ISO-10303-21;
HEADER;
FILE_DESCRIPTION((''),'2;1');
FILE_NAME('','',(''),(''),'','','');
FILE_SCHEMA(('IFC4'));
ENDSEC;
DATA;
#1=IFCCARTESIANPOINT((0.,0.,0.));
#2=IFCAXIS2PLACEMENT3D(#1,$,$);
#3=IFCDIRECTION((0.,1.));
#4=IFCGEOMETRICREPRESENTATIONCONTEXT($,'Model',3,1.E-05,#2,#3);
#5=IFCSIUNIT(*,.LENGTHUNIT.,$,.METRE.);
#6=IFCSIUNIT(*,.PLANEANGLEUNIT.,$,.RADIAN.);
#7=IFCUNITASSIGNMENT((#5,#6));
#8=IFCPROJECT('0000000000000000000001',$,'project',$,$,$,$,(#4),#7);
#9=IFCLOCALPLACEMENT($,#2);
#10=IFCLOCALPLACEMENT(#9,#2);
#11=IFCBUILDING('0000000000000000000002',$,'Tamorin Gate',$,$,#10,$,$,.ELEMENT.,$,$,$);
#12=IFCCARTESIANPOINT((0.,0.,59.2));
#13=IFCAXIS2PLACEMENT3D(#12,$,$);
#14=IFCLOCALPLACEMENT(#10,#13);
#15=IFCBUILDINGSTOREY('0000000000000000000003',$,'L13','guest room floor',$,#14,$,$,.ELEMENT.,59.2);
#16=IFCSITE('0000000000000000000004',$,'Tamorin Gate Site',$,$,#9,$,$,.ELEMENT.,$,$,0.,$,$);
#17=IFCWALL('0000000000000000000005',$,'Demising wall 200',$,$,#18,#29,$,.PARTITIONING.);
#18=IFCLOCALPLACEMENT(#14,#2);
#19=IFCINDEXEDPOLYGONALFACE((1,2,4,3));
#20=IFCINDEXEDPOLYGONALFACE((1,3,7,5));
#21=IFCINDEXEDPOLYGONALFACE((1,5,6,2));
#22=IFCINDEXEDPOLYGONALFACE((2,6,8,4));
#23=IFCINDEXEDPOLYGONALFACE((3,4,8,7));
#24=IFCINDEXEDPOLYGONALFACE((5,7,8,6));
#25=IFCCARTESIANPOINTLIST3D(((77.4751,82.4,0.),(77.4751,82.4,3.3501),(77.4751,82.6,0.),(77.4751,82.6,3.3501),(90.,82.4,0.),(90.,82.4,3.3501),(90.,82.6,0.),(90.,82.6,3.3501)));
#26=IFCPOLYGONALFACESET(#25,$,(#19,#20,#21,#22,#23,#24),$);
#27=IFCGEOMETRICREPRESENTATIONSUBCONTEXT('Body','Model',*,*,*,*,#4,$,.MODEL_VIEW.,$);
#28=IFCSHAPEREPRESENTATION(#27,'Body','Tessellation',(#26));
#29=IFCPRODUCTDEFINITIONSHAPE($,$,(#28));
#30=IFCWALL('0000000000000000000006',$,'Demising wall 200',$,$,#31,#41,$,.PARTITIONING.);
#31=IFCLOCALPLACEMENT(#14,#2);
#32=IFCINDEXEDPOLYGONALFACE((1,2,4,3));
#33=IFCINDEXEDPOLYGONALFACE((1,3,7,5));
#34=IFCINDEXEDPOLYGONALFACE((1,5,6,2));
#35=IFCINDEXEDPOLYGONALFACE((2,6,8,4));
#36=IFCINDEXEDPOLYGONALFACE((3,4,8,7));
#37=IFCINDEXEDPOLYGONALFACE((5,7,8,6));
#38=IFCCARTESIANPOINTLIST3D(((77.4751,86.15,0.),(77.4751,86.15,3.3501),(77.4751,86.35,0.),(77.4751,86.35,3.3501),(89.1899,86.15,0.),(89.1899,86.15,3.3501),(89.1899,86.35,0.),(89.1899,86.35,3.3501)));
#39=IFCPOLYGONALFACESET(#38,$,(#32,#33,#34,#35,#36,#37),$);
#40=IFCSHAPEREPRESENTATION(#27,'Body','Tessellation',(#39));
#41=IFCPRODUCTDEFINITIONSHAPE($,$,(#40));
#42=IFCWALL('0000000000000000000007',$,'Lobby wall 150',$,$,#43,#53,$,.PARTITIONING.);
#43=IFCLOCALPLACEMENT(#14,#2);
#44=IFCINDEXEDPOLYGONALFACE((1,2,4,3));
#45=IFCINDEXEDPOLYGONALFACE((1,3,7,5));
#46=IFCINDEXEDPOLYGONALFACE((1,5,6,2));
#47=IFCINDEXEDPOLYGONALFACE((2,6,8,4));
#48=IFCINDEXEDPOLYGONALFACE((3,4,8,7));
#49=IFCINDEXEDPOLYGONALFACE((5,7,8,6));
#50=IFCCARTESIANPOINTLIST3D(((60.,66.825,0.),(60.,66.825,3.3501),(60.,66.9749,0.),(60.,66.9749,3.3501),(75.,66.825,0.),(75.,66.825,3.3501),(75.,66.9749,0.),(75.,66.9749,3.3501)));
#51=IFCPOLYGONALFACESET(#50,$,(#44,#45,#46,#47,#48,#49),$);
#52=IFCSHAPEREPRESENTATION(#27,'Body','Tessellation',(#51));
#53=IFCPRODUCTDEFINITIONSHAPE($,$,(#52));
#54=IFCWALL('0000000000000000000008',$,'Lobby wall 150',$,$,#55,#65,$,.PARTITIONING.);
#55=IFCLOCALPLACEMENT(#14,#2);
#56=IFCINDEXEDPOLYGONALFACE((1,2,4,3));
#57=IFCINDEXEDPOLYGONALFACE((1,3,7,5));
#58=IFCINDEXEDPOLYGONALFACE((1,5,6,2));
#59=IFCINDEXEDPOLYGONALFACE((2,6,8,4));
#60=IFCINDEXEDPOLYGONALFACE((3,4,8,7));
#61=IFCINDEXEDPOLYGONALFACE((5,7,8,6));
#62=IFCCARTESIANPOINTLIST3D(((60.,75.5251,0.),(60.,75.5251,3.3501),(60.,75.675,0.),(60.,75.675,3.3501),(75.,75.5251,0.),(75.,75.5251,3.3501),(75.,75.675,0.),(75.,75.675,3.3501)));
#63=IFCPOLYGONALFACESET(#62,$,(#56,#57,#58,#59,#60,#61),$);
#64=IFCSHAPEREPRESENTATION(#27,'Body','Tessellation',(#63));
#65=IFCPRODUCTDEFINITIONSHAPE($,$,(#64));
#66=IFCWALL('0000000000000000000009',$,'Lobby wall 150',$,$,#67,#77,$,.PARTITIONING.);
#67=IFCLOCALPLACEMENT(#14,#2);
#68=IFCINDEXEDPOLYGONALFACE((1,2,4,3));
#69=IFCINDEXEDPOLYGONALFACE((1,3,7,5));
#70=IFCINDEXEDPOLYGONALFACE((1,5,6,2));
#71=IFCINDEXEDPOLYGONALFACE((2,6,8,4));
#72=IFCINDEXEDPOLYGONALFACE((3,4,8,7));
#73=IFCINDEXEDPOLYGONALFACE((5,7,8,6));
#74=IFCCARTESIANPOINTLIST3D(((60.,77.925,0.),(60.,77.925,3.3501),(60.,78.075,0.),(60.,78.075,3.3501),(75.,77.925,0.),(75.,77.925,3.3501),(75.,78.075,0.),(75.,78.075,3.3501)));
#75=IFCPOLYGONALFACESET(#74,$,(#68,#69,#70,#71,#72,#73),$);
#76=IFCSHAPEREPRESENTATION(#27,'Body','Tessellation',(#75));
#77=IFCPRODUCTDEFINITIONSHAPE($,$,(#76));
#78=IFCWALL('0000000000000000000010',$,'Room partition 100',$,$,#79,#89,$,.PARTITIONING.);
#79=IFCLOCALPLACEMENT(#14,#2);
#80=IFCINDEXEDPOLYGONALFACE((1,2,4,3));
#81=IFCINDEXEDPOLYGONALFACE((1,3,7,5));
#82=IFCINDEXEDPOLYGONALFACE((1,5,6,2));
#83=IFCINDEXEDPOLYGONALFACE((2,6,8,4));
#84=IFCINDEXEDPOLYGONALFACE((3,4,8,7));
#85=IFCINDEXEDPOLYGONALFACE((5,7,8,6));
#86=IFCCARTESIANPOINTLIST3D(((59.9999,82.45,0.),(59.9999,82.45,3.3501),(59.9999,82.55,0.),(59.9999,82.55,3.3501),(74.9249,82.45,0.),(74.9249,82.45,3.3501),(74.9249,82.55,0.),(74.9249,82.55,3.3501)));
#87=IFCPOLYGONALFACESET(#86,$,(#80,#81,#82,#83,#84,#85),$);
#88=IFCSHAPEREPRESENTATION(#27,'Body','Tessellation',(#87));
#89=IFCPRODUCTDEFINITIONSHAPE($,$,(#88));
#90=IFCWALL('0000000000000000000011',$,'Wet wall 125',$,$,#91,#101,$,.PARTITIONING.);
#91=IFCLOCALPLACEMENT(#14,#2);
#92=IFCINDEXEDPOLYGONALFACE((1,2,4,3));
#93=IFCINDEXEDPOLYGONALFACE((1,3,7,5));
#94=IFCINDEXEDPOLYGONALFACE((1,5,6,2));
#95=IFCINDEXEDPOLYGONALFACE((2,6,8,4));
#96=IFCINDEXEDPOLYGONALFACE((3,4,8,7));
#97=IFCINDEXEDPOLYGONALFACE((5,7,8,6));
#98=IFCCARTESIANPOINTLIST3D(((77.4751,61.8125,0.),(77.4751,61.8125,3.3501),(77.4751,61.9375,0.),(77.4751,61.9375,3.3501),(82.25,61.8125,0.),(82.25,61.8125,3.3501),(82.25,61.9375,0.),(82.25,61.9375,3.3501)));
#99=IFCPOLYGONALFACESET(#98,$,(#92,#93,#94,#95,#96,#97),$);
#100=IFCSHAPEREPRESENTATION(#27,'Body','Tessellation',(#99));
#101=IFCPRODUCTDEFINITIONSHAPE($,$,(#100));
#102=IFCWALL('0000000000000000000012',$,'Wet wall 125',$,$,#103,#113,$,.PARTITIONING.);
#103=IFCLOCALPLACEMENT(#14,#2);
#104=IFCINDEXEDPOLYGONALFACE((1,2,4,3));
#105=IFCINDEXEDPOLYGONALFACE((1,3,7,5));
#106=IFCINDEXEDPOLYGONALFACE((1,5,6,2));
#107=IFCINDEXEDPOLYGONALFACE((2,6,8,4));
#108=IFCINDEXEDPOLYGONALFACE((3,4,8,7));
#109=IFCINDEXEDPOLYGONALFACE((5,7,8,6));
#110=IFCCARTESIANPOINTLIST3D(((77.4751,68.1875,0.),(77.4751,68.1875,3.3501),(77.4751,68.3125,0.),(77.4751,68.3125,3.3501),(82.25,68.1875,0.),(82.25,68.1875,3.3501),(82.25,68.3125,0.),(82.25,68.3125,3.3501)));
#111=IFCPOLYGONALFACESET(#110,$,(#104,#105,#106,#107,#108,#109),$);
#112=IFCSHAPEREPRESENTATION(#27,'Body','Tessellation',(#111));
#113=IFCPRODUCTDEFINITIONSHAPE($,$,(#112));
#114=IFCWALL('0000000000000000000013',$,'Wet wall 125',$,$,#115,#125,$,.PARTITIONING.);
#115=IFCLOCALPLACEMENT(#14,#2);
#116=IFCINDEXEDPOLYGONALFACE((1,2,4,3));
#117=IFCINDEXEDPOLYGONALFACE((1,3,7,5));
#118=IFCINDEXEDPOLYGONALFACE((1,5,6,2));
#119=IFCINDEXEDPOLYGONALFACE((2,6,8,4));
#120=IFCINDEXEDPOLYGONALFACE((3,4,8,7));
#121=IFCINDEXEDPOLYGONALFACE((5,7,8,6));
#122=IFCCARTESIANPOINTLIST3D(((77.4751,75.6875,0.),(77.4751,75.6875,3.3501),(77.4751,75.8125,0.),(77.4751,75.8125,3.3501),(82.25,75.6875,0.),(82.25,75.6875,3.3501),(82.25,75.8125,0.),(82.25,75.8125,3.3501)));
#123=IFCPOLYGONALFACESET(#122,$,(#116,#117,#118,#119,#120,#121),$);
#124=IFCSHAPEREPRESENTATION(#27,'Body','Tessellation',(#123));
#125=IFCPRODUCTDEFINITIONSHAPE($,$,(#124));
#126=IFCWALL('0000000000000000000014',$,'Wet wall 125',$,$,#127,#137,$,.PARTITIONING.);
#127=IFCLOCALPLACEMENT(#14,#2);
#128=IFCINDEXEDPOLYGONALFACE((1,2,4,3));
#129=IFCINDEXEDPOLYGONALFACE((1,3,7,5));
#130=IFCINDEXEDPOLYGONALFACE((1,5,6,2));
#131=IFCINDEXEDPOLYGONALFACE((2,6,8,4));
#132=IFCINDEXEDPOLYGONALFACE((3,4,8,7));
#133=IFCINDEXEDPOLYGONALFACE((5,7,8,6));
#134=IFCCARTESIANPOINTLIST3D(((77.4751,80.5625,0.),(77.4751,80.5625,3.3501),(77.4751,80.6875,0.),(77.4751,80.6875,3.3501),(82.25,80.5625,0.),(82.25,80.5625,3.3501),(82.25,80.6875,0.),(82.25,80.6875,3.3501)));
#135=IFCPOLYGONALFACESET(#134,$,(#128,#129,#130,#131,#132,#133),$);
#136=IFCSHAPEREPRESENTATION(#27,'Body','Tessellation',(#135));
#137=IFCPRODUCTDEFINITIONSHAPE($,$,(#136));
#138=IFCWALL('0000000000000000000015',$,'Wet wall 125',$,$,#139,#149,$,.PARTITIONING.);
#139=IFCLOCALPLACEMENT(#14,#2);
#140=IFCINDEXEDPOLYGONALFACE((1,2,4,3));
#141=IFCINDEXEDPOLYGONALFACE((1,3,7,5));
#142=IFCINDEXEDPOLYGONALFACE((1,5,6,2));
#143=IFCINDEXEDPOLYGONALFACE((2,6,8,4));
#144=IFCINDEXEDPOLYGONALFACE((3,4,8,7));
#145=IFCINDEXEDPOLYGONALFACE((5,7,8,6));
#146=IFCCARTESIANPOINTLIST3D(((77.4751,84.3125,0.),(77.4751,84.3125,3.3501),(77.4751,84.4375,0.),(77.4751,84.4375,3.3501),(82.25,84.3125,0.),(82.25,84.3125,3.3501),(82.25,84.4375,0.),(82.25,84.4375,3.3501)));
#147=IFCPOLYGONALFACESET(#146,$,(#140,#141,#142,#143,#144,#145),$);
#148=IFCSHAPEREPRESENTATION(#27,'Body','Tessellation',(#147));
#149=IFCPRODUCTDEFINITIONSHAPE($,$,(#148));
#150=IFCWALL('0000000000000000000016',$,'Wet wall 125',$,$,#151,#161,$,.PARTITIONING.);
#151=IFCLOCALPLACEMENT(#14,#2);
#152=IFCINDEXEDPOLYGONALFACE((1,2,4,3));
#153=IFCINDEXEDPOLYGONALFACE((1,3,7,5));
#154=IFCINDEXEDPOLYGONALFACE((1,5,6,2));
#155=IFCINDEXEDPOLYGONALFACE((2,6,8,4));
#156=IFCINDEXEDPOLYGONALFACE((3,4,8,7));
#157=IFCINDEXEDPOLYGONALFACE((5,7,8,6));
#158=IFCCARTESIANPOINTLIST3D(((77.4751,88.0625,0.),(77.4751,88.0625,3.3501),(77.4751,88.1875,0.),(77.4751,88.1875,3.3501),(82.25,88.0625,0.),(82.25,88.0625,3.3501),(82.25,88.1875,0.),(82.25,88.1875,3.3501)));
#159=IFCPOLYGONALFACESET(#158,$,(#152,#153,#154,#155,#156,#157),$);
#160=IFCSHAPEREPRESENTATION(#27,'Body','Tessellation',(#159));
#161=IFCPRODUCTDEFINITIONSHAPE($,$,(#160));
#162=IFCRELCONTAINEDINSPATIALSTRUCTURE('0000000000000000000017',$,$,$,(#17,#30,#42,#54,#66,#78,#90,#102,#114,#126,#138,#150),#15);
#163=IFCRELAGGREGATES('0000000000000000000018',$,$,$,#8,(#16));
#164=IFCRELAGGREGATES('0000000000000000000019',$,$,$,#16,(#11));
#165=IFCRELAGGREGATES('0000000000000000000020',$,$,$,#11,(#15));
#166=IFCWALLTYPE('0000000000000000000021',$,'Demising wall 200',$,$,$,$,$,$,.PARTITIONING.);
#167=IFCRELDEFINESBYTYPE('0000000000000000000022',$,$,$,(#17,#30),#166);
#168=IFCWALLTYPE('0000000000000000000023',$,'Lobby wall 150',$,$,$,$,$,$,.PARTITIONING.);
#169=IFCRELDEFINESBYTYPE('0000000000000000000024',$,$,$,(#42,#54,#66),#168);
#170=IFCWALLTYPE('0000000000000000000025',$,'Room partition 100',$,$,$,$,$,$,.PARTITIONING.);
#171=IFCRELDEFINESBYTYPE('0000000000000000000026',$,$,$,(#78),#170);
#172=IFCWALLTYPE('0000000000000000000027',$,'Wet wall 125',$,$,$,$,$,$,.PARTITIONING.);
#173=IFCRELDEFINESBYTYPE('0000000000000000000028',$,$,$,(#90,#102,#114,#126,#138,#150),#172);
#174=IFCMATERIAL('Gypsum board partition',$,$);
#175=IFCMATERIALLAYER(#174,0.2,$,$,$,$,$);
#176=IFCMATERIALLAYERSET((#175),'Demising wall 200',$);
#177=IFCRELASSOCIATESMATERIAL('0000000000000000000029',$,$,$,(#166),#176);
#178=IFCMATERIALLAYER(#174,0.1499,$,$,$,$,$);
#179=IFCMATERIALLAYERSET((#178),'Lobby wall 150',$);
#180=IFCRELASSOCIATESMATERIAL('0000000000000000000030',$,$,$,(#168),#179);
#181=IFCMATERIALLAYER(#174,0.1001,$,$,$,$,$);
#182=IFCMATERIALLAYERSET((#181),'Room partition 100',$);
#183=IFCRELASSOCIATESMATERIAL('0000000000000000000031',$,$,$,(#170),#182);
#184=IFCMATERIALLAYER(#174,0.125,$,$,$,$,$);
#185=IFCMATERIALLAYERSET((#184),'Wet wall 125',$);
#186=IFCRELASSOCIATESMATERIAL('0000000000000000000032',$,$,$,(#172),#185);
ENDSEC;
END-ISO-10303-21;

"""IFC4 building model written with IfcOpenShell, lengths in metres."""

from ifc_helpers import new_model, si_unit, direction, frame, frame_2d, origin, place, context, subcontext, project, spatial, rectangle, extrude, material, layer, layer_set, type_object, element, save


model = new_model("IFC4")

# Units and contexts
model_context = context("Model", 3, precision=1e-05, world=origin(), true_north=direction((0.0, 1.0)))
body_context = subcontext(model_context, "Body", "Model", "MODEL_VIEW")
ifc_project = project(units=[si_unit("LENGTHUNIT", "METRE"), si_unit("PLANEANGLEUNIT", "RADIAN")], contexts=[model_context])

# Site, building, storey
site_placement = place(None, origin())
site = spatial("IfcSite", under=ifc_project, at=site_placement, Name="Tamorin Gate Site", CompositionType="ELEMENT", RefElevation=0.0)
building_placement = place(site_placement, origin())
building = spatial("IfcBuilding", under=site, at=building_placement, Name="Tamorin Gate", CompositionType="ELEMENT")
storey_placement = place(building_placement, frame((0.0, 0.0, 59.2)))
storey = spatial("IfcBuildingStorey", under=building, at=storey_placement, Name="L13", Description="guest room floor", CompositionType="ELEMENT", Elevation=59.2)

# Shared definitions
ifc_material_1 = material(Name="Gypsum board partition")

# Walls
ifc_layer_1 = layer(ifc_material_1, 0.2)
ifc_layer_set_1 = layer_set([ifc_layer_1], Name="Demising wall 200")
wall_type_1 = type_object("IfcWallType", Name="Demising wall 200", PredefinedType="PARTITIONING", material=ifc_layer_set_1)
wall_1_placement = place(storey_placement, frame((77.4751, 82.5, 0.0), z_axis=(0.0, 0.0, 1.0), x_axis=(1.0, 0.0, 0.0)))
element("IfcWall", 1, at=wall_1_placement, inside=storey, type_object=wall_type_1, Name="Demising wall 200", PredefinedType="PARTITIONING", context=body_context, shape_type="SweptSolid", body=[
    extrude(rectangle(XDim=12.5249, YDim=0.2, at=frame_2d((6.2625, 0.0))), origin(), (0.0, 0.0, 1.0), 3.3501),
])
wall_2_placement = place(storey_placement, frame((77.4751, 86.25, 0.0), z_axis=(0.0, 0.0, 1.0), x_axis=(1.0, 0.0, 0.0)))
element("IfcWall", 2, at=wall_2_placement, inside=storey, type_object=wall_type_1, Name="Demising wall 200", PredefinedType="PARTITIONING", context=body_context, shape_type="SweptSolid", body=[
    extrude(rectangle(XDim=11.7148, YDim=0.2, at=frame_2d((5.8574, 0.0))), origin(), (0.0, 0.0, 1.0), 3.3501),
])
ifc_layer_2 = layer(ifc_material_1, 0.1499)
ifc_layer_set_2 = layer_set([ifc_layer_2], Name="Lobby wall 150")
wall_type_2 = type_object("IfcWallType", Name="Lobby wall 150", PredefinedType="PARTITIONING", material=ifc_layer_set_2)
for number, where, z_axis, x_axis, name in (
    (3, (60.0, 66.8999, 0.0), (0.0, 0.0, 1.0), (1.0, 0.0, 0.0), "Lobby wall 150"),
    (4, (60.0, 75.6001, 0.0), (0.0, 0.0, 1.0), (1.0, 0.0, 0.0), "Lobby wall 150"),
    (5, (60.0, 78.0, 0.0), (0.0, 0.0, 1.0), (1.0, 0.0, 0.0), "Lobby wall 150"),
):
    element("IfcWall", number, at=place(storey_placement, frame(where, z_axis=z_axis, x_axis=x_axis)), inside=storey, type_object=wall_type_2, Name=name, PredefinedType="PARTITIONING", context=body_context, shape_type="SweptSolid", body=[
        extrude(rectangle(XDim=15.0, YDim=0.1499, at=frame_2d((7.5, 0.0))), origin(), (0.0, 0.0, 1.0), 3.3501),
    ])
ifc_layer_3 = layer(ifc_material_1, 0.1001)
ifc_layer_set_3 = layer_set([ifc_layer_3], Name="Room partition 100")
wall_type_3 = type_object("IfcWallType", Name="Room partition 100", PredefinedType="PARTITIONING", material=ifc_layer_set_3)
wall_3_placement = place(storey_placement, frame((60.0, 82.5, 0.0), z_axis=(0.0, 0.0, 1.0), x_axis=(1.0, 0.0, 0.0)))
element("IfcWall", 6, at=wall_3_placement, inside=storey, type_object=wall_type_3, Name="Room partition 100", PredefinedType="PARTITIONING", context=body_context, shape_type="SweptSolid", body=[
    extrude(rectangle(XDim=14.925, YDim=0.1001, at=frame_2d((7.4624, 0.0))), origin(), (0.0, 0.0, 1.0), 3.3501),
])
ifc_layer_4 = layer(ifc_material_1, 0.125)
ifc_layer_set_4 = layer_set([ifc_layer_4], Name="Wet wall 125")
wall_type_4 = type_object("IfcWallType", Name="Wet wall 125", PredefinedType="PARTITIONING", material=ifc_layer_set_4)
for number, where, z_axis, x_axis, name in (
    (7, (77.4751, 61.875, 0.0), (0.0, 0.0, 1.0), (1.0, 0.0, 0.0), "Wet wall 125"),
    (8, (77.4751, 68.25, 0.0), (0.0, 0.0, 1.0), (1.0, 0.0, 0.0), "Wet wall 125"),
    (9, (77.4751, 75.75, 0.0), (0.0, 0.0, 1.0), (1.0, 0.0, 0.0), "Wet wall 125"),
    (10, (77.4751, 80.625, 0.0), (0.0, 0.0, 1.0), (1.0, 0.0, 0.0), "Wet wall 125"),
    (11, (77.4751, 84.375, 0.0), (0.0, 0.0, 1.0), (1.0, 0.0, 0.0), "Wet wall 125"),
    (12, (77.4751, 88.125, 0.0), (0.0, 0.0, 1.0), (1.0, 0.0, 0.0), "Wet wall 125"),
):
    element("IfcWall", number, at=place(storey_placement, frame(where, z_axis=z_axis, x_axis=x_axis)), inside=storey, type_object=wall_type_4, Name=name, PredefinedType="PARTITIONING", context=body_context, shape_type="SweptSolid", body=[
        extrude(rectangle(XDim=4.7749, YDim=0.125, at=frame_2d((2.3875, 0.0))), origin(), (0.0, 0.0, 1.0), 3.3501),
    ])

save(model, "model.ifc")
